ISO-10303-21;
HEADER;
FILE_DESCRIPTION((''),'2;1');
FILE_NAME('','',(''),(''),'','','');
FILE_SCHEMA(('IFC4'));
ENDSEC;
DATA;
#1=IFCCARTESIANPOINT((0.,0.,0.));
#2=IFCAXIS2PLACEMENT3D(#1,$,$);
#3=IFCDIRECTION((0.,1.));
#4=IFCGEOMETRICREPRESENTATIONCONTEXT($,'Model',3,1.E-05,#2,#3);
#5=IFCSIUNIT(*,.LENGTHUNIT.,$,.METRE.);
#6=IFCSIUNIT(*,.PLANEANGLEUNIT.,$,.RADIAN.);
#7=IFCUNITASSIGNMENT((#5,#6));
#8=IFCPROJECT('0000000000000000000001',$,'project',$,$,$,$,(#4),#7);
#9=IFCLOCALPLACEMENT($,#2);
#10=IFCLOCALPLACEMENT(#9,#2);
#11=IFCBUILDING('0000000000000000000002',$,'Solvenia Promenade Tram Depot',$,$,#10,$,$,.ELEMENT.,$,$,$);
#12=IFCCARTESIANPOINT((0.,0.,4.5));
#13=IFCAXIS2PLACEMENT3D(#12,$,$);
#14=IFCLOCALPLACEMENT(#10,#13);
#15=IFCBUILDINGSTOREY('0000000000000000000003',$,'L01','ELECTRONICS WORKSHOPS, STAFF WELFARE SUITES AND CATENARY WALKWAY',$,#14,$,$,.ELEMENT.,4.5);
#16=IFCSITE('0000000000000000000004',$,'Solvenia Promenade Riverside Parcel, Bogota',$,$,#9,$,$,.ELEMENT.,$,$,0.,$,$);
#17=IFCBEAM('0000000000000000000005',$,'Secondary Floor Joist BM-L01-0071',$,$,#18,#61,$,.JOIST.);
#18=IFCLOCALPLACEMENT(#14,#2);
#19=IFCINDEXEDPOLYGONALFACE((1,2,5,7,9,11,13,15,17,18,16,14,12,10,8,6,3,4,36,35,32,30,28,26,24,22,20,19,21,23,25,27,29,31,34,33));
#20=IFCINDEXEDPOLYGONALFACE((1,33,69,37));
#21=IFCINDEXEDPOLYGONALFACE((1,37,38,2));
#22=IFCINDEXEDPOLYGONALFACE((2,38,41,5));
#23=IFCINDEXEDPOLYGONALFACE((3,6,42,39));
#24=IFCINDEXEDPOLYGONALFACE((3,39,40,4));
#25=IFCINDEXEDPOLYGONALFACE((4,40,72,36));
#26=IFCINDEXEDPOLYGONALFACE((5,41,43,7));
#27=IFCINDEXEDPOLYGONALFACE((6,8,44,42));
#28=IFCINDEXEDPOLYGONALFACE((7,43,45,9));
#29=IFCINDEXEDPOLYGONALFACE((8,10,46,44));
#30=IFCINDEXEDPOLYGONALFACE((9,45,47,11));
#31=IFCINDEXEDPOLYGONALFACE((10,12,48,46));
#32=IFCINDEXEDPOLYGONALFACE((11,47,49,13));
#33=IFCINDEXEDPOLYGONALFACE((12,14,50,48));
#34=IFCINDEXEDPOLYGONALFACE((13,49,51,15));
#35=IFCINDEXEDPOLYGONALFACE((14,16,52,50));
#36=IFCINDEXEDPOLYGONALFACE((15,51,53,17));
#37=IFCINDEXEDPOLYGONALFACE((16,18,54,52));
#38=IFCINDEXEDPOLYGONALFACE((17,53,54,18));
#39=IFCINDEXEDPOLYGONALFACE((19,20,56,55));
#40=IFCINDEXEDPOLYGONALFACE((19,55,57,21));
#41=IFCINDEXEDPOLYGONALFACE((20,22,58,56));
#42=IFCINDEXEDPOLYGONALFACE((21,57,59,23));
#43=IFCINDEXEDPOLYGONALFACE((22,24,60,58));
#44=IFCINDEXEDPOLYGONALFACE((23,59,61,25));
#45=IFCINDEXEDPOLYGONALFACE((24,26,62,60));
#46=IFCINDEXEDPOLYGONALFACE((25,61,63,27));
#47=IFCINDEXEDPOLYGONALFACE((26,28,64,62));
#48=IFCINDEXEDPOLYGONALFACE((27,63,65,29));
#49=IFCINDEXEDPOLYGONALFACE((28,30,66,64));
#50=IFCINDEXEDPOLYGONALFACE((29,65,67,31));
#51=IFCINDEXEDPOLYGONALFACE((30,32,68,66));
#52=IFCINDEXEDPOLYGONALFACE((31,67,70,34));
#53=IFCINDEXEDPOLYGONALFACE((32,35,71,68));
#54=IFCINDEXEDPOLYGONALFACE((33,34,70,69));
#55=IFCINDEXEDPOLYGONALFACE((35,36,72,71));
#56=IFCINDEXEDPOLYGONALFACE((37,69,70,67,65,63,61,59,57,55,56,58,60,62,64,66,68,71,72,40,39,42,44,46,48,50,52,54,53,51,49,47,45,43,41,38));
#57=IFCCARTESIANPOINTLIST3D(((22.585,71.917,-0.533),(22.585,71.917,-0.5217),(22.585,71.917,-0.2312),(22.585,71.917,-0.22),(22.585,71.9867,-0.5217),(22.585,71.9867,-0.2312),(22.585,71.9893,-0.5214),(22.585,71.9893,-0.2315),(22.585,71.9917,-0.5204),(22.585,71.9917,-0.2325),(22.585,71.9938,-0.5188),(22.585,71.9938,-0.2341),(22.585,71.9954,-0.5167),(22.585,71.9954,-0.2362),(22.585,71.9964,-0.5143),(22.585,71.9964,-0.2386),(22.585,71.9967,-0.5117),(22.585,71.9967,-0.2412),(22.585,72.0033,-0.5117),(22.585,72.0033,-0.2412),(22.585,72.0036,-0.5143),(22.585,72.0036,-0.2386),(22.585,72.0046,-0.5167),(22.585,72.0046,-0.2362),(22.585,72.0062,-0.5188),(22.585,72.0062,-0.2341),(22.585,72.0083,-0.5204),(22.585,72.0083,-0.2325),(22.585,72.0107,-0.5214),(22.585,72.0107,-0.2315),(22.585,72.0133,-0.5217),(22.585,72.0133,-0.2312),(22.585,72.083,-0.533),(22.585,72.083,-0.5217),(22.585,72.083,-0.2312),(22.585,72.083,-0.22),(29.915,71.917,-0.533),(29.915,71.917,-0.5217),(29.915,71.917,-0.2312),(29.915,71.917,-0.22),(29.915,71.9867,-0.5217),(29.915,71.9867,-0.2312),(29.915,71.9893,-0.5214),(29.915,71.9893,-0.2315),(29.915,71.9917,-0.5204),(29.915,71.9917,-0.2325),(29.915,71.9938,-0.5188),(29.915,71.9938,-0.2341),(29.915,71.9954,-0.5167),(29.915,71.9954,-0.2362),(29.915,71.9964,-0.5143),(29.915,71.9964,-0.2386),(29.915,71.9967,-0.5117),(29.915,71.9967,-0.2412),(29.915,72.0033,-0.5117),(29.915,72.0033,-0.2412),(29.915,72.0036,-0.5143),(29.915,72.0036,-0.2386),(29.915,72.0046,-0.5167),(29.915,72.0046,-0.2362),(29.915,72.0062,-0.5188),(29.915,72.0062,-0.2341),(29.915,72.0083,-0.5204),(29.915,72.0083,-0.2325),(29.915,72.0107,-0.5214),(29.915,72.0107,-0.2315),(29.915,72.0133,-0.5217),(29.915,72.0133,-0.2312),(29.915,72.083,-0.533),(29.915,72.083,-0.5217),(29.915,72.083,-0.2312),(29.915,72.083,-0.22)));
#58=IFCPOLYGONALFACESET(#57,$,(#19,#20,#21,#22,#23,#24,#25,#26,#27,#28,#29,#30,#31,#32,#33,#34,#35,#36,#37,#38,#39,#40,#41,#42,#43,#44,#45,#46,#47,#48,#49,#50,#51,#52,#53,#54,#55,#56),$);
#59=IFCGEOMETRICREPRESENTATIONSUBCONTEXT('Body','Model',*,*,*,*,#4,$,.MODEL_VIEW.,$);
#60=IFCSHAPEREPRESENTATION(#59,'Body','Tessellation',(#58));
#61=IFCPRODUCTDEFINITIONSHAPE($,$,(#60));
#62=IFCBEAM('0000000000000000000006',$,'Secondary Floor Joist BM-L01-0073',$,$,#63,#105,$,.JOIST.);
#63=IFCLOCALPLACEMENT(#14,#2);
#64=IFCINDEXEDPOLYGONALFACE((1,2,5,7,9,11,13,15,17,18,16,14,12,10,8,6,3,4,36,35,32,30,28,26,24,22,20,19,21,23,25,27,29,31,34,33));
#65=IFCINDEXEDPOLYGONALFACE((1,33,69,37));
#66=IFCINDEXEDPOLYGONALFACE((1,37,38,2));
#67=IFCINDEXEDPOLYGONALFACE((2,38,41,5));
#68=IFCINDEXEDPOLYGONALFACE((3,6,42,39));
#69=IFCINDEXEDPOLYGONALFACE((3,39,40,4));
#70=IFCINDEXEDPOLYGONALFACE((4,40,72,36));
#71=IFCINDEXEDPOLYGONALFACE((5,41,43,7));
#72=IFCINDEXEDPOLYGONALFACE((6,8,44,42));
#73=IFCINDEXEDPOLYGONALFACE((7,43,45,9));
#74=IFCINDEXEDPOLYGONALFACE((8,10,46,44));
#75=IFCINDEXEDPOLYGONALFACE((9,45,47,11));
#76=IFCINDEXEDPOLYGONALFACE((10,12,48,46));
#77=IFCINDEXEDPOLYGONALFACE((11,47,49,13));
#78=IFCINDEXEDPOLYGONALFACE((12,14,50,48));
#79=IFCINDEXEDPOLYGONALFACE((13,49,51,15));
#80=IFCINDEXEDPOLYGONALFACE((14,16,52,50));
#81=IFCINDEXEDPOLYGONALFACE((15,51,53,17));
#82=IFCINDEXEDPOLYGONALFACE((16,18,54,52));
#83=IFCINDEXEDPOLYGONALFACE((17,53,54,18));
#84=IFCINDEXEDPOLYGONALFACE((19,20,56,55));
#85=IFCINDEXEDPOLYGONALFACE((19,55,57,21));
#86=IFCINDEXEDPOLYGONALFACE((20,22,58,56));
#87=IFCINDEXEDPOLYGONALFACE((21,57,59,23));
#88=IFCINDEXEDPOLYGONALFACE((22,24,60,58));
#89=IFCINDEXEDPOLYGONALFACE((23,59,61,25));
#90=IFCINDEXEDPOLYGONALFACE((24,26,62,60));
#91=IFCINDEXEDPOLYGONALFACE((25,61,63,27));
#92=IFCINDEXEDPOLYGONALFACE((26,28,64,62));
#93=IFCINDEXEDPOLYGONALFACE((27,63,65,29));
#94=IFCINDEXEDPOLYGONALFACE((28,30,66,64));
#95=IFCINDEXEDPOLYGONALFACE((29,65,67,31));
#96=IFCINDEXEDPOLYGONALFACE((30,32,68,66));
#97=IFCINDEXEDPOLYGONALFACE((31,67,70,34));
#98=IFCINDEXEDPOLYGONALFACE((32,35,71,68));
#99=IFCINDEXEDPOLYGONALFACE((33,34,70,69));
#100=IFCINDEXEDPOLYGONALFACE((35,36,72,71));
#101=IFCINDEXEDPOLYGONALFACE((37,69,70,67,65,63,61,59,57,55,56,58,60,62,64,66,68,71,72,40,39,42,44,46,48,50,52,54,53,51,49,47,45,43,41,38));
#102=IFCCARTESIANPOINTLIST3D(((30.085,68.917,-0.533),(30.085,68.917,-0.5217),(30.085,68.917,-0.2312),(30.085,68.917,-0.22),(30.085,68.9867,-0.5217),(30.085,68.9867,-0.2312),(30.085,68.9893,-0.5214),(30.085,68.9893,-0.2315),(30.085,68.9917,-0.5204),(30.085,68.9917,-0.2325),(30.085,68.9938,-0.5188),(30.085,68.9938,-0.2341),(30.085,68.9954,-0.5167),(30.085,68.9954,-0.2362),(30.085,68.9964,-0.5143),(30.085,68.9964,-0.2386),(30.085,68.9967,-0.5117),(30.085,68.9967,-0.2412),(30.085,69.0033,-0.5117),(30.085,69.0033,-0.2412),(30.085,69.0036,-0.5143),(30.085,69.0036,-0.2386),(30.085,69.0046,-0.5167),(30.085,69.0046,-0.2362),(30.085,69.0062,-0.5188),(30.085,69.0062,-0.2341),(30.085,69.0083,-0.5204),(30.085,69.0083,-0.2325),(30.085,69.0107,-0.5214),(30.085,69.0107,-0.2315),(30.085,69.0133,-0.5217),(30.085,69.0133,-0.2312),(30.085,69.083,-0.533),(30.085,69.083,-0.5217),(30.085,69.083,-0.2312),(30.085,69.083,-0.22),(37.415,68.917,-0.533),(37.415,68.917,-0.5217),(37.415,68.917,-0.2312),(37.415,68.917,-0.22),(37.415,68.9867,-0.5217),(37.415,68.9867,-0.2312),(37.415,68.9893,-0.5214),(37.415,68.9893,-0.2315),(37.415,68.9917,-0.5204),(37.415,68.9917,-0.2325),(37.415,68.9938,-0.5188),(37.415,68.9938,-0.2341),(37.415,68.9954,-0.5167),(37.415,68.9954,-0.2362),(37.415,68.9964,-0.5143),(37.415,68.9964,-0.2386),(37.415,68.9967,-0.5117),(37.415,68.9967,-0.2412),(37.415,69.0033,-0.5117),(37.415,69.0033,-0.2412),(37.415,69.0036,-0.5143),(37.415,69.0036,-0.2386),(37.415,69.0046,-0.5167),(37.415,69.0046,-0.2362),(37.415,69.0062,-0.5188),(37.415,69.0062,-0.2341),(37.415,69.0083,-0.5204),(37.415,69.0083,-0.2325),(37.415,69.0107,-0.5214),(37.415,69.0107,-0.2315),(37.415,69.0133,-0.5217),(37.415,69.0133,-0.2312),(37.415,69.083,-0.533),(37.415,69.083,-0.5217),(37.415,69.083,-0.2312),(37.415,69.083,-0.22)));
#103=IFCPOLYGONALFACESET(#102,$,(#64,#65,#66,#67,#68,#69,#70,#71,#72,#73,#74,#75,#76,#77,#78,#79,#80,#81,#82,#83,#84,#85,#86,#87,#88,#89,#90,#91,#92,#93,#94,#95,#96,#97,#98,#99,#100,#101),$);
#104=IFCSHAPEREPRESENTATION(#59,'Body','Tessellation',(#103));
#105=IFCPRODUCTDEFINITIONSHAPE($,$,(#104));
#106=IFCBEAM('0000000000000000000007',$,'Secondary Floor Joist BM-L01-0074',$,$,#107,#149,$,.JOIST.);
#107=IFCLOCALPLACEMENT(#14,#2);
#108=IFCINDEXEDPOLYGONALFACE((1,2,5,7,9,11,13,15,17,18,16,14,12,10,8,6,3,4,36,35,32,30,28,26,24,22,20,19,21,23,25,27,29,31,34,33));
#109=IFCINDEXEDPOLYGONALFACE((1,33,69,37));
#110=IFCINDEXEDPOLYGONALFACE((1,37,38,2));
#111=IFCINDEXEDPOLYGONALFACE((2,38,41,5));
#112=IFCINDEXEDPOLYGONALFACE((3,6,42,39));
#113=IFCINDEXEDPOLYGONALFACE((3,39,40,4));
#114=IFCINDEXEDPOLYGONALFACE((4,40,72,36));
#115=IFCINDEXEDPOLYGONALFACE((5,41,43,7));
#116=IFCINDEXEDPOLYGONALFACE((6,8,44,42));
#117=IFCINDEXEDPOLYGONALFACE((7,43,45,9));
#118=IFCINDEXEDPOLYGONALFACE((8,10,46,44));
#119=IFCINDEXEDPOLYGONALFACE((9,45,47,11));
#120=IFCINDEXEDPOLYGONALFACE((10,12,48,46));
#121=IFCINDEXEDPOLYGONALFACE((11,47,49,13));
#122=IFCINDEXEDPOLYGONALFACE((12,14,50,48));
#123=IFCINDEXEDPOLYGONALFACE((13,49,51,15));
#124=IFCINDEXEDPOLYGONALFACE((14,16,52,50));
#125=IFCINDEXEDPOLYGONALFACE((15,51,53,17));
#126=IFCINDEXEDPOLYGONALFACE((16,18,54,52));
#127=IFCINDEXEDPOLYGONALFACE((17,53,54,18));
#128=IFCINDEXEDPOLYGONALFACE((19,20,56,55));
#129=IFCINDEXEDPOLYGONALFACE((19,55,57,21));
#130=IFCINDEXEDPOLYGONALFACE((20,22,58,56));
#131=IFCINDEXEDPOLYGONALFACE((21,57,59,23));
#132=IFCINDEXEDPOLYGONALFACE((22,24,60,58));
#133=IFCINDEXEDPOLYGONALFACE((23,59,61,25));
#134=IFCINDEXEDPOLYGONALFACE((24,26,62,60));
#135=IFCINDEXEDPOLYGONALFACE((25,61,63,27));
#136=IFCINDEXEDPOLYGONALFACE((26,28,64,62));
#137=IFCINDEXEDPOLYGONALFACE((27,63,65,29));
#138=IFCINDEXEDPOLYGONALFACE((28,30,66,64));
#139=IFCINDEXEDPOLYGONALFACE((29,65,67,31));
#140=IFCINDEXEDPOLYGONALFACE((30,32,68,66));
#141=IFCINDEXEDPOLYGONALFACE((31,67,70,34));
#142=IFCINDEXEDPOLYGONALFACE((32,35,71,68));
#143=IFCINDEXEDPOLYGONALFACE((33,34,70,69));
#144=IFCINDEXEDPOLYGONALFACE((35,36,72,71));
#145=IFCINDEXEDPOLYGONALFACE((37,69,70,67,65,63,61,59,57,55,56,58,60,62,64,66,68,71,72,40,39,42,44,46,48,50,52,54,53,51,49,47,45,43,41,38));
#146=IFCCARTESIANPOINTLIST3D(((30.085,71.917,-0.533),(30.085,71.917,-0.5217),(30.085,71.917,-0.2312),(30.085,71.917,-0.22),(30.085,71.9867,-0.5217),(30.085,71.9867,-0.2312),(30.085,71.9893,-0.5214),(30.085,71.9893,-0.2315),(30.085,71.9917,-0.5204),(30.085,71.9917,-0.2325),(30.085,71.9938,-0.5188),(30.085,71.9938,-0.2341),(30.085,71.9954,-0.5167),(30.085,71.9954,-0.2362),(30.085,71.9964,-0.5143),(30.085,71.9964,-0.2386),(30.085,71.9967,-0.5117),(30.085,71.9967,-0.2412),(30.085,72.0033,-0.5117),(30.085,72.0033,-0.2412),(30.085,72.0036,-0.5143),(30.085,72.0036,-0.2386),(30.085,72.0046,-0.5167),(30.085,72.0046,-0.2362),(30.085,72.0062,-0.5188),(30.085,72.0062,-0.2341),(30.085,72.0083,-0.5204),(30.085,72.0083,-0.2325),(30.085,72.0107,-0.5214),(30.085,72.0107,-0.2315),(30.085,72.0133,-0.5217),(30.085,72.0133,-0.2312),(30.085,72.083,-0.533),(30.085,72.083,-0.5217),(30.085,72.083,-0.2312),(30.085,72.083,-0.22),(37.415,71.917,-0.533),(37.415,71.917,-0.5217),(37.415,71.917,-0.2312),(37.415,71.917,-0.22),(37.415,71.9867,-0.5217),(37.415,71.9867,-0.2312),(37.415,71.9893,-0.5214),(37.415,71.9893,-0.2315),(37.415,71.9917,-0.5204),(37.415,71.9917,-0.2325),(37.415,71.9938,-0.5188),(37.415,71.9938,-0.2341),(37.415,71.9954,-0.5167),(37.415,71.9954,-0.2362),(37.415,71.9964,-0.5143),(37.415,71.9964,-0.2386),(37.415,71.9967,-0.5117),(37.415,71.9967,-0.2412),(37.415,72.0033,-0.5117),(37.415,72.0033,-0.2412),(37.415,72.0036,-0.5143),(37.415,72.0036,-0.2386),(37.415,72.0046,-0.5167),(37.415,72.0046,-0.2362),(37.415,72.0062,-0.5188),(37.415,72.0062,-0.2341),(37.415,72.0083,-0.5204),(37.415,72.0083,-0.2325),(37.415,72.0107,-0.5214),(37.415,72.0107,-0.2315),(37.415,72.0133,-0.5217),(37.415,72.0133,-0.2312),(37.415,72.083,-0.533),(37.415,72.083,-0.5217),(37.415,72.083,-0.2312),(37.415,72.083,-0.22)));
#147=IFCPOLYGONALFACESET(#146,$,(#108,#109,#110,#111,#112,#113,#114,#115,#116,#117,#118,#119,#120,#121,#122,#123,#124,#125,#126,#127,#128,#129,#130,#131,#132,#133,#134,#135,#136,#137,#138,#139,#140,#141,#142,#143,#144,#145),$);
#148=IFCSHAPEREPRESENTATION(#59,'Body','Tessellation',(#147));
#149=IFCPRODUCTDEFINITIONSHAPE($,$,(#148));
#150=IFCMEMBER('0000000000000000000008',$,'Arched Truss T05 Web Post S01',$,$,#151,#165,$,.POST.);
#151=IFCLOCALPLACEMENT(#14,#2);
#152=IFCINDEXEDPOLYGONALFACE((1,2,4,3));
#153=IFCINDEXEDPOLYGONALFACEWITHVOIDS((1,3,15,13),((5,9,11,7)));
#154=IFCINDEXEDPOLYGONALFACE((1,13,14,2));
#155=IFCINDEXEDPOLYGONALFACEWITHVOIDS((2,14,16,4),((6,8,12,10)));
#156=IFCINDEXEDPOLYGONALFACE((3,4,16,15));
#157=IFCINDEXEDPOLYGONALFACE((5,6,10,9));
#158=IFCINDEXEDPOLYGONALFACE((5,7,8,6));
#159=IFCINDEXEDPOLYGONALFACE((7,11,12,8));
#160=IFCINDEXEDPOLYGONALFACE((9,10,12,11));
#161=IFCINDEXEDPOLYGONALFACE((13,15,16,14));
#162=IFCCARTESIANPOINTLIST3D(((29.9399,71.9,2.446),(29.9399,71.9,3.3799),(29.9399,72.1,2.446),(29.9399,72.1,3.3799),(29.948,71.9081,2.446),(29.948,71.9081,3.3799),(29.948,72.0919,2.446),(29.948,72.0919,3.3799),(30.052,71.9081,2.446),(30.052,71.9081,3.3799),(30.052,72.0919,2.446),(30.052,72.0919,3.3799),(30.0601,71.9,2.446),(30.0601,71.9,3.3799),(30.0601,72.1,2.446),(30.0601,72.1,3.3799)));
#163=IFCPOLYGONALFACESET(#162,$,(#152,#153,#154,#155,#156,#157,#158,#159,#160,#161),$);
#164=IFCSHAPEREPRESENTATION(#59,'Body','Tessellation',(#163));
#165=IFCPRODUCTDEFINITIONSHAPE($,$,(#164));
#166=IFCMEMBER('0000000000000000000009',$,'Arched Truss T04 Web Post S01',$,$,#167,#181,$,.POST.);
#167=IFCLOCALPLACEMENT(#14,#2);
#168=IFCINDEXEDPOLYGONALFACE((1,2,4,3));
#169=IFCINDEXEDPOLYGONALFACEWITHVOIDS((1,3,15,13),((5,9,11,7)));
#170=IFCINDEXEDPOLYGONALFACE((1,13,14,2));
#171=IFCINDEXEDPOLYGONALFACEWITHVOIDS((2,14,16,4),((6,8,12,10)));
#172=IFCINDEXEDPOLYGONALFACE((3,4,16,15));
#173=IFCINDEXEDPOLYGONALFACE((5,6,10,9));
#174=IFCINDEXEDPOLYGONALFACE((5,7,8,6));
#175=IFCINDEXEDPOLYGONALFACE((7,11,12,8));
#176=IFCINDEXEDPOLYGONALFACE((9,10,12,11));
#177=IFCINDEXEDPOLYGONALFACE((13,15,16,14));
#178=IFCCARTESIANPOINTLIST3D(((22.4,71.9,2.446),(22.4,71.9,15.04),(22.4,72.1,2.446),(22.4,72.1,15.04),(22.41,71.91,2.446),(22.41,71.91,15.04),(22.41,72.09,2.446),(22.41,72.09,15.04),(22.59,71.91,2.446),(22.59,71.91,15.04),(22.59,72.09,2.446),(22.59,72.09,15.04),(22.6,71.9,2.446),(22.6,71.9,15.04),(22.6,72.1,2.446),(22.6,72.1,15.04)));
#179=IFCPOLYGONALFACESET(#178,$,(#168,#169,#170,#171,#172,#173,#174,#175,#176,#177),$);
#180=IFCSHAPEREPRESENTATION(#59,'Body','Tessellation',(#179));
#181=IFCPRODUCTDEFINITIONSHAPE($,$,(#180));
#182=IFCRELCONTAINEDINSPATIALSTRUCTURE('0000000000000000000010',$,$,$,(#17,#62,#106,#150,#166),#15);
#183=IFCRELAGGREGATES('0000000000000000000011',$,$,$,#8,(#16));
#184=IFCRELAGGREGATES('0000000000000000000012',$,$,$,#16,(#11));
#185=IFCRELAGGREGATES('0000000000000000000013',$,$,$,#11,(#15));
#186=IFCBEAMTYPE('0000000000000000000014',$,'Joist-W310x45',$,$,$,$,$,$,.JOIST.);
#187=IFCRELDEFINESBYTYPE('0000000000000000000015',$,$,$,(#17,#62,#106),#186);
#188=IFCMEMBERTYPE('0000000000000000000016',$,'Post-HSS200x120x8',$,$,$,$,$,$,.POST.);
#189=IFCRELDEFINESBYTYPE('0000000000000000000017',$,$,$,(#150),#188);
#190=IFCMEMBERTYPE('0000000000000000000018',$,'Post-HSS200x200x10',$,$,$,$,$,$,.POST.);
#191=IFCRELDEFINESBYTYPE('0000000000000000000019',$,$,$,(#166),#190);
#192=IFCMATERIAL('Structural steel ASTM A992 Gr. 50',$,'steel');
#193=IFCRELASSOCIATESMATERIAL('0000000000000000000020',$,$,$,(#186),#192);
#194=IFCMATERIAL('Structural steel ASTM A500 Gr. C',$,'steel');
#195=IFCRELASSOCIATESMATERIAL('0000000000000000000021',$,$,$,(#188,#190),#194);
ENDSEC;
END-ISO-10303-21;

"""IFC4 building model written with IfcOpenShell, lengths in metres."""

from ifc_helpers import new_model, si_unit, direction, frame, origin, origin_2d, place, context, subcontext, project, spatial, hollow_rectangle, i_section, extrude, material, material_profile, profile_set, type_object, element, save


model = new_model("IFC4")

# Units and contexts
model_context = context("Model", 3, precision=1e-05, world=origin(), true_north=direction((0.0, 1.0)))
body_context = subcontext(model_context, "Body", "Model", "MODEL_VIEW")
ifc_project = project(units=[si_unit("LENGTHUNIT", "METRE"), si_unit("PLANEANGLEUNIT", "RADIAN")], contexts=[model_context])

# Site, building, storey
site_placement = place(None, origin())
site = spatial("IfcSite", under=ifc_project, at=site_placement, Name="Solvenia Promenade Riverside Parcel, Bogota", CompositionType="ELEMENT", RefElevation=0.0)
building_placement = place(site_placement, origin())
building = spatial("IfcBuilding", under=site, at=building_placement, Name="Solvenia Promenade Tram Depot", CompositionType="ELEMENT")
storey_placement = place(building_placement, frame((0.0, 0.0, 4.5)))
storey = spatial("IfcBuildingStorey", under=building, at=storey_placement, Name="L01", Description="ELECTRONICS WORKSHOPS, STAFF WELFARE SUITES AND CATENARY WALKWAY", CompositionType="ELEMENT", Elevation=4.5)

# Shared definitions
ifc_material_1 = material(Name="Structural steel ASTM A992 Gr. 50", Category="steel")

# Shared definitions
ifc_material_2 = material(Name="Structural steel ASTM A500 Gr. C", Category="steel")

# Beams
ifc_material_profile_1 = material_profile(ifc_material_1, i_section(OverallWidth=0.166, OverallDepth=0.313, WebThickness=0.0066, FlangeThickness=0.0112, FilletRadius=0.01, at=origin_2d()), Name="W310x45", Category="steel")
ifc_profile_set_1 = profile_set([ifc_material_profile_1], Name="Structural steel ASTM A992 Gr. 50")
beam_type_1 = type_object("IfcBeamType", Name="Joist-W310x45", PredefinedType="JOIST", material=ifc_profile_set_1)
for number, where, z_axis, x_axis, name in (
    (1, (22.585, 72.0, -0.3765), (1.0, 0.0, 0.0), (0.0, 1.0, 0.0), "Secondary Floor Joist BM-L01-0071"),
    (2, (30.085, 69.0, -0.3765), (1.0, 0.0, 0.0), (0.0, 1.0, 0.0), "Secondary Floor Joist BM-L01-0073"),
    (3, (30.085, 72.0, -0.3765), (1.0, 0.0, 0.0), (0.0, 1.0, 0.0), "Secondary Floor Joist BM-L01-0074"),
):
    element("IfcBeam", number, at=place(storey_placement, frame(where, z_axis=z_axis, x_axis=x_axis)), inside=storey, type_object=beam_type_1, Name=name, PredefinedType="JOIST", context=body_context, shape_type="SweptSolid", body=[
        extrude(i_section(OverallWidth=0.166, OverallDepth=0.313, WebThickness=0.0066, FlangeThickness=0.0112, FilletRadius=0.01, at=origin_2d()), origin(), (0.0, 0.0, 1.0), 7.3301),
    ])

# Members
ifc_material_profile_2 = material_profile(ifc_material_2, hollow_rectangle(XDim=0.1201, YDim=0.2, WallThickness=0.0081, at=origin_2d()), Name="HSS200x120x8", Category="steel")
ifc_profile_set_2 = profile_set([ifc_material_profile_2], Name="Structural steel ASTM A500 Gr. C")
member_type_1 = type_object("IfcMemberType", Name="Post-HSS200x120x8", PredefinedType="POST", material=ifc_profile_set_2)
member_1_placement = place(storey_placement, frame((30.0, 72.0, 2.446), z_axis=(0.0, 0.0, 1.0), x_axis=(1.0, 0.0, 0.0)))
element("IfcMember", 4, at=member_1_placement, inside=storey, type_object=member_type_1, Name="Arched Truss T05 Web Post S01", PredefinedType="POST", context=body_context, shape_type="SweptSolid", body=[
    extrude(hollow_rectangle(XDim=0.1201, YDim=0.2, WallThickness=0.0081, at=origin_2d()), origin(), (0.0, 0.0, 1.0), 0.9338),
])
ifc_material_profile_3 = material_profile(ifc_material_2, hollow_rectangle(XDim=0.2, YDim=0.2, WallThickness=0.01, at=origin_2d()), Name="HSS200x200x10", Category="steel")
ifc_profile_set_3 = profile_set([ifc_material_profile_3], Name="Structural steel ASTM A500 Gr. C")
member_type_2 = type_object("IfcMemberType", Name="Post-HSS200x200x10", PredefinedType="POST", material=ifc_profile_set_3)
member_2_placement = place(storey_placement, frame((22.5, 72.0, 2.446), z_axis=(0.0, 0.0, 1.0), x_axis=(1.0, 0.0, 0.0)))
element("IfcMember", 5, at=member_2_placement, inside=storey, type_object=member_type_2, Name="Arched Truss T04 Web Post S01", PredefinedType="POST", context=body_context, shape_type="SweptSolid", body=[
    extrude(hollow_rectangle(XDim=0.2, YDim=0.2, WallThickness=0.01, at=origin_2d()), origin(), (0.0, 0.0, 1.0), 12.594),
])

save(model, "model.ifc")
